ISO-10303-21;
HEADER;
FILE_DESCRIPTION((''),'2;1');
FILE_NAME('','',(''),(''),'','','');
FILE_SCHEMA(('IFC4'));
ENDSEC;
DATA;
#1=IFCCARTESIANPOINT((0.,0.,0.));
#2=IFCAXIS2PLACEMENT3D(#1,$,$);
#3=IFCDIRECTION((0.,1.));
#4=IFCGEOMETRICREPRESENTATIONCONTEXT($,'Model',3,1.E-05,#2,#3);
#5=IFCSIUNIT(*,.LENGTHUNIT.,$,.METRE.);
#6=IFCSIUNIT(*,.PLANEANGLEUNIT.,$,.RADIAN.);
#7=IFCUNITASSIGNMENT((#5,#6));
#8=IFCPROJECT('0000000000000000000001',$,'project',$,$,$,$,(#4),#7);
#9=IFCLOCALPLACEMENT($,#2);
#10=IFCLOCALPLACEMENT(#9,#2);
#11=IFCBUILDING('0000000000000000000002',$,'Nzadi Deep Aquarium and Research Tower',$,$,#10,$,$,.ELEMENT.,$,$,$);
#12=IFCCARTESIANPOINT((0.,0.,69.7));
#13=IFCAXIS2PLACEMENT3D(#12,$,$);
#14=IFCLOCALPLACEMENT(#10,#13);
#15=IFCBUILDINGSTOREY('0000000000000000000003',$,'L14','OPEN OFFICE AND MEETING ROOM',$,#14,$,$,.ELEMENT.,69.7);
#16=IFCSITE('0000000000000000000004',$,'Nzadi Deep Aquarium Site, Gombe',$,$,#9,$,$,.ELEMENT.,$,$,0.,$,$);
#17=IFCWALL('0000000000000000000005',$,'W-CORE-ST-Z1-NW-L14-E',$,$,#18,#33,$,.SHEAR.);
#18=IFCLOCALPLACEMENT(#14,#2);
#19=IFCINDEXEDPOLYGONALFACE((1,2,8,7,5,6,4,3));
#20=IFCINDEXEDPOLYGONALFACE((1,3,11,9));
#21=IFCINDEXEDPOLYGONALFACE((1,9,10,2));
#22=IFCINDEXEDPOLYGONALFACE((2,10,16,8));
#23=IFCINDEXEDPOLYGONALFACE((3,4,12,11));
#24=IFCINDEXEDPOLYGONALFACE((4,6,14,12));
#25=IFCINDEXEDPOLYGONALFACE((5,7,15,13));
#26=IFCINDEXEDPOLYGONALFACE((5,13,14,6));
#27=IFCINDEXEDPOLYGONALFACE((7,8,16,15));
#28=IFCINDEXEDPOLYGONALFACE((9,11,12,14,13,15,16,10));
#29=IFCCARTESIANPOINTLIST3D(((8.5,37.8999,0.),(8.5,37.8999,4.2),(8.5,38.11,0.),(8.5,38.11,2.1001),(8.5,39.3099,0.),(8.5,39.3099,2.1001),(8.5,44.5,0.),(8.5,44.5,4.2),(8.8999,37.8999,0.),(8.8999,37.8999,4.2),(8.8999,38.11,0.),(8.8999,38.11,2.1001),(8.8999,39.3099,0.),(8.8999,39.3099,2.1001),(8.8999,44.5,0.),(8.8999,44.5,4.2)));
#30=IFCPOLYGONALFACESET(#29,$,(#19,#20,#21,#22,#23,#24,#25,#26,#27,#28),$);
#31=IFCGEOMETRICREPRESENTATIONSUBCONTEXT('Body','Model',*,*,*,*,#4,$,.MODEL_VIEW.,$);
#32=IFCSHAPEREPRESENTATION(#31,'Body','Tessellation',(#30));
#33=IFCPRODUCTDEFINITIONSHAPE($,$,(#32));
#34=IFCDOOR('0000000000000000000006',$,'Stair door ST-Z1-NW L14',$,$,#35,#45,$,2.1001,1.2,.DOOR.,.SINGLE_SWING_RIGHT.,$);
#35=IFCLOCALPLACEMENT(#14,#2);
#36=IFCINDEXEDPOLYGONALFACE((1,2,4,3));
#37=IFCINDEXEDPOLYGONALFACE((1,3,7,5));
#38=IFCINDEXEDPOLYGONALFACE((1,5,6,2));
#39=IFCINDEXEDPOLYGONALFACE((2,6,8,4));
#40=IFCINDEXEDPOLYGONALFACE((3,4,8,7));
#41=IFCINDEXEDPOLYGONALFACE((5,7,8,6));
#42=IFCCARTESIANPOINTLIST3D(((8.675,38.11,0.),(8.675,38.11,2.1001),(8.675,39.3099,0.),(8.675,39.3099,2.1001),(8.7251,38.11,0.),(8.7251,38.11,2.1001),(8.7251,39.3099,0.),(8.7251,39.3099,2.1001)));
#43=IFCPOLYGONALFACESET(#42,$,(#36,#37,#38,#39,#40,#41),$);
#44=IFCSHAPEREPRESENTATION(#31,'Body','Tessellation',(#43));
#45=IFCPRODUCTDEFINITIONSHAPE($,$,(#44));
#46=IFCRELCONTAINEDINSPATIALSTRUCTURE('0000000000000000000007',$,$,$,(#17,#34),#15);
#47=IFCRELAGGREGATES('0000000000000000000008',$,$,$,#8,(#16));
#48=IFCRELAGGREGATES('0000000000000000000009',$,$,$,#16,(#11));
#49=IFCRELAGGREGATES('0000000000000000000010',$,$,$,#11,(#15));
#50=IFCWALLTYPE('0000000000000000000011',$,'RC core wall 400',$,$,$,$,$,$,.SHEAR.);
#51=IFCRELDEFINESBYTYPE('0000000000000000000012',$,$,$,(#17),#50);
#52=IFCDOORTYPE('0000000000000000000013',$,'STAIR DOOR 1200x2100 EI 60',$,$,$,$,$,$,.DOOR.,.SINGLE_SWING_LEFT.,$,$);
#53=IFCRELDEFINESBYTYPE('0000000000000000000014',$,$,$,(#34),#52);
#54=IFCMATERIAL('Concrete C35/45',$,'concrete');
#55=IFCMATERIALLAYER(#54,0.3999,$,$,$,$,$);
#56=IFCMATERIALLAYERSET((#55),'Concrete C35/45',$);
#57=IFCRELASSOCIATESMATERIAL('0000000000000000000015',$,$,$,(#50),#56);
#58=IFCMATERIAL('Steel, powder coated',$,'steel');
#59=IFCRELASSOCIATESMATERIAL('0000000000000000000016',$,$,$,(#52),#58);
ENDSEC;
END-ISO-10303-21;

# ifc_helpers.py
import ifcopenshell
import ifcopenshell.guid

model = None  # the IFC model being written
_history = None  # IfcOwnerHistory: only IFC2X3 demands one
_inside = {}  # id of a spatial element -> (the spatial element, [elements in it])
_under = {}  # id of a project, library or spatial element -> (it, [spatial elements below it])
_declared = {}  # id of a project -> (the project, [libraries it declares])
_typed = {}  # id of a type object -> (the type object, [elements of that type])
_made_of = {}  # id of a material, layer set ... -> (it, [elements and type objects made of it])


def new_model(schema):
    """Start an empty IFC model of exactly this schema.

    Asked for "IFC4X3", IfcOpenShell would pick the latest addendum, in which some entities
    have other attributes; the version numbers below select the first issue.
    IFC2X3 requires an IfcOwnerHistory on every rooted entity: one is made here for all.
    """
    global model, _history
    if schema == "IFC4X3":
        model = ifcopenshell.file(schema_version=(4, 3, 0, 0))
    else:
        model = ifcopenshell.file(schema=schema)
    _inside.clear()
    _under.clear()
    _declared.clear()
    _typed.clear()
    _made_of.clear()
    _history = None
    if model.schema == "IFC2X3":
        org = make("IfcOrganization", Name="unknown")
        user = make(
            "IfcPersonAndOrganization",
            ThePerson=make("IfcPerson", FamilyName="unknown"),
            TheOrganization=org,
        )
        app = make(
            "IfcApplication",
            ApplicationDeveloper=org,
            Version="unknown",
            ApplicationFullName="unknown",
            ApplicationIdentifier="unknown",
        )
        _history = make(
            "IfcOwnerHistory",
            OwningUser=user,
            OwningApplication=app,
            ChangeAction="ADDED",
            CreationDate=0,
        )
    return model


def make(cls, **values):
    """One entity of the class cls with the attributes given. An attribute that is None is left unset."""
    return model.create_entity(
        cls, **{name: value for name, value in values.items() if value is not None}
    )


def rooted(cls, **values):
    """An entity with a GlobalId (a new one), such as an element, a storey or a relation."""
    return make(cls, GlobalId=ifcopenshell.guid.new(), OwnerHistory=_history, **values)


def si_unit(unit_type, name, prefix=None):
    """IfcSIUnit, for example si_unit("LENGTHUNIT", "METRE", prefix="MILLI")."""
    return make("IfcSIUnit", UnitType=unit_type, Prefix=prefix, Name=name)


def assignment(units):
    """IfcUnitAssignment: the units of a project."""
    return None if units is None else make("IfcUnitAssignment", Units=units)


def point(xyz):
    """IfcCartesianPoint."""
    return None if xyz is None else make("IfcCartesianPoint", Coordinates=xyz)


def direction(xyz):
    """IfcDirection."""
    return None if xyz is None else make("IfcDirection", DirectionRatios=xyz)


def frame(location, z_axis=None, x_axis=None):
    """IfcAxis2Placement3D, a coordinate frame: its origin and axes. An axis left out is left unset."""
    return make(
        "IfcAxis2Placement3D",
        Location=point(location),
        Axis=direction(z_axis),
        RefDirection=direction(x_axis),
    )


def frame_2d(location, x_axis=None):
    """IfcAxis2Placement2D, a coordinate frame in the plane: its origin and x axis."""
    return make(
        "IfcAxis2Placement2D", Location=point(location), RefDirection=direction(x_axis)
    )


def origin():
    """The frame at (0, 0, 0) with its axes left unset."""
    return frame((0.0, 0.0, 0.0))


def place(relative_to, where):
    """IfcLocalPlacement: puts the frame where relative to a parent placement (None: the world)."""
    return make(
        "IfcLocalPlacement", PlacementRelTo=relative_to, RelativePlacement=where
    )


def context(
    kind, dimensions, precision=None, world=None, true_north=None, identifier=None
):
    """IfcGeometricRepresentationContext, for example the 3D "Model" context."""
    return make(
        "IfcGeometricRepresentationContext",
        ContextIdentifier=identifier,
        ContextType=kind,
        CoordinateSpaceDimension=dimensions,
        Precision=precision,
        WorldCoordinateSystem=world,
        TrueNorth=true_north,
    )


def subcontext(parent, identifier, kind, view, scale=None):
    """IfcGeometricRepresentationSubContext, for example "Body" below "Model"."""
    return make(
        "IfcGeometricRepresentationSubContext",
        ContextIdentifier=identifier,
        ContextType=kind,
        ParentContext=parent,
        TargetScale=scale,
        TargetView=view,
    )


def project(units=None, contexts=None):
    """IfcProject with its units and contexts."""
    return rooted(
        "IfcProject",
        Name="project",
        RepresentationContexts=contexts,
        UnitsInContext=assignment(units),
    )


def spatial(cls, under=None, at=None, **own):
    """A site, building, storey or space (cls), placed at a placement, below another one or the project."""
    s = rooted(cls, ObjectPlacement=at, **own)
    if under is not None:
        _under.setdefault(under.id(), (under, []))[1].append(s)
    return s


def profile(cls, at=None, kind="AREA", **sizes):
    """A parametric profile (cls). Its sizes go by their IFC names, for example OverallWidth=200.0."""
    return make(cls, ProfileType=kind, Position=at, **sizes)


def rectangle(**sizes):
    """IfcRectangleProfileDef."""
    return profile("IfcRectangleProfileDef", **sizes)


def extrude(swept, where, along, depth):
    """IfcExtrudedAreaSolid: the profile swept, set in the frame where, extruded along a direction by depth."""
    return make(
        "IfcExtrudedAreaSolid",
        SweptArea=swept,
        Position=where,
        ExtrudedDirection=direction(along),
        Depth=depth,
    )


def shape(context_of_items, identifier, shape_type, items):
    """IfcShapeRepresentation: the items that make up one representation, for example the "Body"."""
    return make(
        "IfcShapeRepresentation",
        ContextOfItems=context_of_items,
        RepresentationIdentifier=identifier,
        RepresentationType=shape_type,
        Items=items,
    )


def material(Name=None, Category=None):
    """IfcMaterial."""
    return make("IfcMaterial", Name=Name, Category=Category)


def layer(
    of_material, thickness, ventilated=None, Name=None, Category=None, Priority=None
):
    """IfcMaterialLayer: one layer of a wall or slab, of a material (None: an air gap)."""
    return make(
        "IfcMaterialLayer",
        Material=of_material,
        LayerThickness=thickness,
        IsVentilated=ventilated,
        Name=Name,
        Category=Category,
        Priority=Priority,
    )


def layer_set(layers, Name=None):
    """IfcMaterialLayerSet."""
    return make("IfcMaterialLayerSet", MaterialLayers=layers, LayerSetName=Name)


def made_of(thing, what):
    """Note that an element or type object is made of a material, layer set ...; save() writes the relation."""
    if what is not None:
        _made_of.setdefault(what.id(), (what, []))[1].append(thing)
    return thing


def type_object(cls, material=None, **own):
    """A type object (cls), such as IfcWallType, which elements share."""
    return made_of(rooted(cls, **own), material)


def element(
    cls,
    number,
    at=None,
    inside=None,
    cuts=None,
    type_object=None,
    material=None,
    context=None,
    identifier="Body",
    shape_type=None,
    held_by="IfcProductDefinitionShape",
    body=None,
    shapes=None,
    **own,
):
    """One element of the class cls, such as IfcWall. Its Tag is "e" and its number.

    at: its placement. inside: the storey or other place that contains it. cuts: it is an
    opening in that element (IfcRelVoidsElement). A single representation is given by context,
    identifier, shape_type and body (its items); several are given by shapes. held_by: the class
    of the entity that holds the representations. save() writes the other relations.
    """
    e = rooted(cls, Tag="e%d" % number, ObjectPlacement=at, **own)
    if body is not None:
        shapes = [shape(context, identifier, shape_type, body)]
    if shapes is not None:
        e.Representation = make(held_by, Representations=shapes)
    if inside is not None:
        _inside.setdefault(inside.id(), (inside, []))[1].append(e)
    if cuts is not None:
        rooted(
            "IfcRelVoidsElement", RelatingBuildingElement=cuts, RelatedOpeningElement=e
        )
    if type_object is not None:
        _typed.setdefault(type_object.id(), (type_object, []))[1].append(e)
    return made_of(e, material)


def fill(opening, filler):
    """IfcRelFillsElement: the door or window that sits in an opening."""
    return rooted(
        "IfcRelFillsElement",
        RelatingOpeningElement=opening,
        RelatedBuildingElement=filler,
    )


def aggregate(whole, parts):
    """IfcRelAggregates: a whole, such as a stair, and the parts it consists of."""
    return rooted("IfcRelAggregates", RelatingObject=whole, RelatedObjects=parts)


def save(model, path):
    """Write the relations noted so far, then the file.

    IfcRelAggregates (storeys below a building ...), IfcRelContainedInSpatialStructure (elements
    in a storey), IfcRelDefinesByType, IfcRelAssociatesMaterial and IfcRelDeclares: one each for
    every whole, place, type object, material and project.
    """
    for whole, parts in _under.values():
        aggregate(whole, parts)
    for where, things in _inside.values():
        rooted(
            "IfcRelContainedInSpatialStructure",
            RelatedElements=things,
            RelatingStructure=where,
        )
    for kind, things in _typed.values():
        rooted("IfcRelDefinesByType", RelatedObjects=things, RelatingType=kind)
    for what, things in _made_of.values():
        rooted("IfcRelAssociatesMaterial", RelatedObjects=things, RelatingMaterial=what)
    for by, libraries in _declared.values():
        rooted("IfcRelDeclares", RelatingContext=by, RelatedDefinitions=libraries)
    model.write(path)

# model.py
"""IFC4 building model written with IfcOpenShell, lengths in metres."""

from ifc_helpers import new_model, si_unit, direction, frame, frame_2d, origin, place, context, subcontext, project, spatial, rectangle, extrude, material, layer, layer_set, type_object, element, fill, save


model = new_model("IFC4")

# Units and contexts
model_context = context("Model", 3, precision=1e-05, world=origin(), true_north=direction((0.0, 1.0)))
body_context = subcontext(model_context, "Body", "Model", "MODEL_VIEW")
ifc_project = project(units=[si_unit("LENGTHUNIT", "METRE"), si_unit("PLANEANGLEUNIT", "RADIAN")], contexts=[model_context])

# Site, building, storey
site_placement = place(None, origin())
site = spatial("IfcSite", under=ifc_project, at=site_placement, Name="Nzadi Deep Aquarium Site, Gombe", CompositionType="ELEMENT", RefElevation=0.0)
building_placement = place(site_placement, origin())
building = spatial("IfcBuilding", under=site, at=building_placement, Name="Nzadi Deep Aquarium and Research Tower", CompositionType="ELEMENT")
storey_placement = place(building_placement, frame((0.0, 0.0, 69.7)))
storey = spatial("IfcBuildingStorey", under=building, at=storey_placement, Name="L14", Description="OPEN OFFICE AND MEETING ROOM", CompositionType="ELEMENT", Elevation=69.7)

# Wall, opening, door
ifc_material_1 = material(Name="Concrete C35/45", Category="concrete")
ifc_layer_1 = layer(ifc_material_1, 0.3999)
ifc_layer_set_1 = layer_set([ifc_layer_1], Name="Concrete C35/45")
wall_type_1 = type_object("IfcWallType", Name="RC core wall 400", PredefinedType="SHEAR", material=ifc_layer_set_1)
wall_1_placement = place(storey_placement, frame((8.7, 37.8999, 0.0), z_axis=(0.0, 0.0, 1.0), x_axis=(0.0, 1.0, 0.0)))
wall_1 = element("IfcWall", 1, at=wall_1_placement, inside=storey, type_object=wall_type_1, Name="W-CORE-ST-Z1-NW-L14-E", PredefinedType="SHEAR", context=body_context, shape_type="SweptSolid", body=[
    extrude(rectangle(XDim=6.6001, YDim=0.3999, at=frame_2d((3.3, 0.0))), origin(), (0.0, 0.0, 1.0), 4.2),
])
opening_placement = place(wall_1_placement, frame((0.21, 0.0, 0.0)))
opening = element("IfcOpeningElement", 2, at=opening_placement, cuts=wall_1, PredefinedType="OPENING", context=body_context, shape_type="SweptSolid", body=[
    extrude(rectangle(XDim=1.2, YDim=2.1001, at=frame_2d((0.6001, 1.05))), frame((0.0, 0.21, 0.0), z_axis=(0.0, -1.0, 0.0), x_axis=(1.0, 0.0, 0.0)), (0.0, 0.0, 1.0), 0.4199),
])
ifc_material_2 = material(Name="Steel, powder coated", Category="steel")
door_type = type_object("IfcDoorType", Name="STAIR DOOR 1200x2100 EI 60", OperationType="SINGLE_SWING_LEFT", PredefinedType="DOOR", material=ifc_material_2)
door_placement = place(opening_placement, origin())
door = element("IfcDoor", 3, at=door_placement, inside=storey, type_object=door_type, Name="Stair door ST-Z1-NW L14", OperationType="SINGLE_SWING_RIGHT", OverallHeight=2.1001, OverallWidth=1.2, PredefinedType="DOOR", context=body_context, shape_type="SweptSolid", body=[
    extrude(rectangle(XDim=1.2, YDim=2.1001, at=frame_2d((0.6001, 1.05))), frame((0.0, 0.0249, 0.0), z_axis=(0.0, -1.0, 0.0), x_axis=(1.0, 0.0, 0.0)), (0.0, 0.0, 1.0), 0.05),
])
fill(opening, door)

save(model, "model.ifc")
